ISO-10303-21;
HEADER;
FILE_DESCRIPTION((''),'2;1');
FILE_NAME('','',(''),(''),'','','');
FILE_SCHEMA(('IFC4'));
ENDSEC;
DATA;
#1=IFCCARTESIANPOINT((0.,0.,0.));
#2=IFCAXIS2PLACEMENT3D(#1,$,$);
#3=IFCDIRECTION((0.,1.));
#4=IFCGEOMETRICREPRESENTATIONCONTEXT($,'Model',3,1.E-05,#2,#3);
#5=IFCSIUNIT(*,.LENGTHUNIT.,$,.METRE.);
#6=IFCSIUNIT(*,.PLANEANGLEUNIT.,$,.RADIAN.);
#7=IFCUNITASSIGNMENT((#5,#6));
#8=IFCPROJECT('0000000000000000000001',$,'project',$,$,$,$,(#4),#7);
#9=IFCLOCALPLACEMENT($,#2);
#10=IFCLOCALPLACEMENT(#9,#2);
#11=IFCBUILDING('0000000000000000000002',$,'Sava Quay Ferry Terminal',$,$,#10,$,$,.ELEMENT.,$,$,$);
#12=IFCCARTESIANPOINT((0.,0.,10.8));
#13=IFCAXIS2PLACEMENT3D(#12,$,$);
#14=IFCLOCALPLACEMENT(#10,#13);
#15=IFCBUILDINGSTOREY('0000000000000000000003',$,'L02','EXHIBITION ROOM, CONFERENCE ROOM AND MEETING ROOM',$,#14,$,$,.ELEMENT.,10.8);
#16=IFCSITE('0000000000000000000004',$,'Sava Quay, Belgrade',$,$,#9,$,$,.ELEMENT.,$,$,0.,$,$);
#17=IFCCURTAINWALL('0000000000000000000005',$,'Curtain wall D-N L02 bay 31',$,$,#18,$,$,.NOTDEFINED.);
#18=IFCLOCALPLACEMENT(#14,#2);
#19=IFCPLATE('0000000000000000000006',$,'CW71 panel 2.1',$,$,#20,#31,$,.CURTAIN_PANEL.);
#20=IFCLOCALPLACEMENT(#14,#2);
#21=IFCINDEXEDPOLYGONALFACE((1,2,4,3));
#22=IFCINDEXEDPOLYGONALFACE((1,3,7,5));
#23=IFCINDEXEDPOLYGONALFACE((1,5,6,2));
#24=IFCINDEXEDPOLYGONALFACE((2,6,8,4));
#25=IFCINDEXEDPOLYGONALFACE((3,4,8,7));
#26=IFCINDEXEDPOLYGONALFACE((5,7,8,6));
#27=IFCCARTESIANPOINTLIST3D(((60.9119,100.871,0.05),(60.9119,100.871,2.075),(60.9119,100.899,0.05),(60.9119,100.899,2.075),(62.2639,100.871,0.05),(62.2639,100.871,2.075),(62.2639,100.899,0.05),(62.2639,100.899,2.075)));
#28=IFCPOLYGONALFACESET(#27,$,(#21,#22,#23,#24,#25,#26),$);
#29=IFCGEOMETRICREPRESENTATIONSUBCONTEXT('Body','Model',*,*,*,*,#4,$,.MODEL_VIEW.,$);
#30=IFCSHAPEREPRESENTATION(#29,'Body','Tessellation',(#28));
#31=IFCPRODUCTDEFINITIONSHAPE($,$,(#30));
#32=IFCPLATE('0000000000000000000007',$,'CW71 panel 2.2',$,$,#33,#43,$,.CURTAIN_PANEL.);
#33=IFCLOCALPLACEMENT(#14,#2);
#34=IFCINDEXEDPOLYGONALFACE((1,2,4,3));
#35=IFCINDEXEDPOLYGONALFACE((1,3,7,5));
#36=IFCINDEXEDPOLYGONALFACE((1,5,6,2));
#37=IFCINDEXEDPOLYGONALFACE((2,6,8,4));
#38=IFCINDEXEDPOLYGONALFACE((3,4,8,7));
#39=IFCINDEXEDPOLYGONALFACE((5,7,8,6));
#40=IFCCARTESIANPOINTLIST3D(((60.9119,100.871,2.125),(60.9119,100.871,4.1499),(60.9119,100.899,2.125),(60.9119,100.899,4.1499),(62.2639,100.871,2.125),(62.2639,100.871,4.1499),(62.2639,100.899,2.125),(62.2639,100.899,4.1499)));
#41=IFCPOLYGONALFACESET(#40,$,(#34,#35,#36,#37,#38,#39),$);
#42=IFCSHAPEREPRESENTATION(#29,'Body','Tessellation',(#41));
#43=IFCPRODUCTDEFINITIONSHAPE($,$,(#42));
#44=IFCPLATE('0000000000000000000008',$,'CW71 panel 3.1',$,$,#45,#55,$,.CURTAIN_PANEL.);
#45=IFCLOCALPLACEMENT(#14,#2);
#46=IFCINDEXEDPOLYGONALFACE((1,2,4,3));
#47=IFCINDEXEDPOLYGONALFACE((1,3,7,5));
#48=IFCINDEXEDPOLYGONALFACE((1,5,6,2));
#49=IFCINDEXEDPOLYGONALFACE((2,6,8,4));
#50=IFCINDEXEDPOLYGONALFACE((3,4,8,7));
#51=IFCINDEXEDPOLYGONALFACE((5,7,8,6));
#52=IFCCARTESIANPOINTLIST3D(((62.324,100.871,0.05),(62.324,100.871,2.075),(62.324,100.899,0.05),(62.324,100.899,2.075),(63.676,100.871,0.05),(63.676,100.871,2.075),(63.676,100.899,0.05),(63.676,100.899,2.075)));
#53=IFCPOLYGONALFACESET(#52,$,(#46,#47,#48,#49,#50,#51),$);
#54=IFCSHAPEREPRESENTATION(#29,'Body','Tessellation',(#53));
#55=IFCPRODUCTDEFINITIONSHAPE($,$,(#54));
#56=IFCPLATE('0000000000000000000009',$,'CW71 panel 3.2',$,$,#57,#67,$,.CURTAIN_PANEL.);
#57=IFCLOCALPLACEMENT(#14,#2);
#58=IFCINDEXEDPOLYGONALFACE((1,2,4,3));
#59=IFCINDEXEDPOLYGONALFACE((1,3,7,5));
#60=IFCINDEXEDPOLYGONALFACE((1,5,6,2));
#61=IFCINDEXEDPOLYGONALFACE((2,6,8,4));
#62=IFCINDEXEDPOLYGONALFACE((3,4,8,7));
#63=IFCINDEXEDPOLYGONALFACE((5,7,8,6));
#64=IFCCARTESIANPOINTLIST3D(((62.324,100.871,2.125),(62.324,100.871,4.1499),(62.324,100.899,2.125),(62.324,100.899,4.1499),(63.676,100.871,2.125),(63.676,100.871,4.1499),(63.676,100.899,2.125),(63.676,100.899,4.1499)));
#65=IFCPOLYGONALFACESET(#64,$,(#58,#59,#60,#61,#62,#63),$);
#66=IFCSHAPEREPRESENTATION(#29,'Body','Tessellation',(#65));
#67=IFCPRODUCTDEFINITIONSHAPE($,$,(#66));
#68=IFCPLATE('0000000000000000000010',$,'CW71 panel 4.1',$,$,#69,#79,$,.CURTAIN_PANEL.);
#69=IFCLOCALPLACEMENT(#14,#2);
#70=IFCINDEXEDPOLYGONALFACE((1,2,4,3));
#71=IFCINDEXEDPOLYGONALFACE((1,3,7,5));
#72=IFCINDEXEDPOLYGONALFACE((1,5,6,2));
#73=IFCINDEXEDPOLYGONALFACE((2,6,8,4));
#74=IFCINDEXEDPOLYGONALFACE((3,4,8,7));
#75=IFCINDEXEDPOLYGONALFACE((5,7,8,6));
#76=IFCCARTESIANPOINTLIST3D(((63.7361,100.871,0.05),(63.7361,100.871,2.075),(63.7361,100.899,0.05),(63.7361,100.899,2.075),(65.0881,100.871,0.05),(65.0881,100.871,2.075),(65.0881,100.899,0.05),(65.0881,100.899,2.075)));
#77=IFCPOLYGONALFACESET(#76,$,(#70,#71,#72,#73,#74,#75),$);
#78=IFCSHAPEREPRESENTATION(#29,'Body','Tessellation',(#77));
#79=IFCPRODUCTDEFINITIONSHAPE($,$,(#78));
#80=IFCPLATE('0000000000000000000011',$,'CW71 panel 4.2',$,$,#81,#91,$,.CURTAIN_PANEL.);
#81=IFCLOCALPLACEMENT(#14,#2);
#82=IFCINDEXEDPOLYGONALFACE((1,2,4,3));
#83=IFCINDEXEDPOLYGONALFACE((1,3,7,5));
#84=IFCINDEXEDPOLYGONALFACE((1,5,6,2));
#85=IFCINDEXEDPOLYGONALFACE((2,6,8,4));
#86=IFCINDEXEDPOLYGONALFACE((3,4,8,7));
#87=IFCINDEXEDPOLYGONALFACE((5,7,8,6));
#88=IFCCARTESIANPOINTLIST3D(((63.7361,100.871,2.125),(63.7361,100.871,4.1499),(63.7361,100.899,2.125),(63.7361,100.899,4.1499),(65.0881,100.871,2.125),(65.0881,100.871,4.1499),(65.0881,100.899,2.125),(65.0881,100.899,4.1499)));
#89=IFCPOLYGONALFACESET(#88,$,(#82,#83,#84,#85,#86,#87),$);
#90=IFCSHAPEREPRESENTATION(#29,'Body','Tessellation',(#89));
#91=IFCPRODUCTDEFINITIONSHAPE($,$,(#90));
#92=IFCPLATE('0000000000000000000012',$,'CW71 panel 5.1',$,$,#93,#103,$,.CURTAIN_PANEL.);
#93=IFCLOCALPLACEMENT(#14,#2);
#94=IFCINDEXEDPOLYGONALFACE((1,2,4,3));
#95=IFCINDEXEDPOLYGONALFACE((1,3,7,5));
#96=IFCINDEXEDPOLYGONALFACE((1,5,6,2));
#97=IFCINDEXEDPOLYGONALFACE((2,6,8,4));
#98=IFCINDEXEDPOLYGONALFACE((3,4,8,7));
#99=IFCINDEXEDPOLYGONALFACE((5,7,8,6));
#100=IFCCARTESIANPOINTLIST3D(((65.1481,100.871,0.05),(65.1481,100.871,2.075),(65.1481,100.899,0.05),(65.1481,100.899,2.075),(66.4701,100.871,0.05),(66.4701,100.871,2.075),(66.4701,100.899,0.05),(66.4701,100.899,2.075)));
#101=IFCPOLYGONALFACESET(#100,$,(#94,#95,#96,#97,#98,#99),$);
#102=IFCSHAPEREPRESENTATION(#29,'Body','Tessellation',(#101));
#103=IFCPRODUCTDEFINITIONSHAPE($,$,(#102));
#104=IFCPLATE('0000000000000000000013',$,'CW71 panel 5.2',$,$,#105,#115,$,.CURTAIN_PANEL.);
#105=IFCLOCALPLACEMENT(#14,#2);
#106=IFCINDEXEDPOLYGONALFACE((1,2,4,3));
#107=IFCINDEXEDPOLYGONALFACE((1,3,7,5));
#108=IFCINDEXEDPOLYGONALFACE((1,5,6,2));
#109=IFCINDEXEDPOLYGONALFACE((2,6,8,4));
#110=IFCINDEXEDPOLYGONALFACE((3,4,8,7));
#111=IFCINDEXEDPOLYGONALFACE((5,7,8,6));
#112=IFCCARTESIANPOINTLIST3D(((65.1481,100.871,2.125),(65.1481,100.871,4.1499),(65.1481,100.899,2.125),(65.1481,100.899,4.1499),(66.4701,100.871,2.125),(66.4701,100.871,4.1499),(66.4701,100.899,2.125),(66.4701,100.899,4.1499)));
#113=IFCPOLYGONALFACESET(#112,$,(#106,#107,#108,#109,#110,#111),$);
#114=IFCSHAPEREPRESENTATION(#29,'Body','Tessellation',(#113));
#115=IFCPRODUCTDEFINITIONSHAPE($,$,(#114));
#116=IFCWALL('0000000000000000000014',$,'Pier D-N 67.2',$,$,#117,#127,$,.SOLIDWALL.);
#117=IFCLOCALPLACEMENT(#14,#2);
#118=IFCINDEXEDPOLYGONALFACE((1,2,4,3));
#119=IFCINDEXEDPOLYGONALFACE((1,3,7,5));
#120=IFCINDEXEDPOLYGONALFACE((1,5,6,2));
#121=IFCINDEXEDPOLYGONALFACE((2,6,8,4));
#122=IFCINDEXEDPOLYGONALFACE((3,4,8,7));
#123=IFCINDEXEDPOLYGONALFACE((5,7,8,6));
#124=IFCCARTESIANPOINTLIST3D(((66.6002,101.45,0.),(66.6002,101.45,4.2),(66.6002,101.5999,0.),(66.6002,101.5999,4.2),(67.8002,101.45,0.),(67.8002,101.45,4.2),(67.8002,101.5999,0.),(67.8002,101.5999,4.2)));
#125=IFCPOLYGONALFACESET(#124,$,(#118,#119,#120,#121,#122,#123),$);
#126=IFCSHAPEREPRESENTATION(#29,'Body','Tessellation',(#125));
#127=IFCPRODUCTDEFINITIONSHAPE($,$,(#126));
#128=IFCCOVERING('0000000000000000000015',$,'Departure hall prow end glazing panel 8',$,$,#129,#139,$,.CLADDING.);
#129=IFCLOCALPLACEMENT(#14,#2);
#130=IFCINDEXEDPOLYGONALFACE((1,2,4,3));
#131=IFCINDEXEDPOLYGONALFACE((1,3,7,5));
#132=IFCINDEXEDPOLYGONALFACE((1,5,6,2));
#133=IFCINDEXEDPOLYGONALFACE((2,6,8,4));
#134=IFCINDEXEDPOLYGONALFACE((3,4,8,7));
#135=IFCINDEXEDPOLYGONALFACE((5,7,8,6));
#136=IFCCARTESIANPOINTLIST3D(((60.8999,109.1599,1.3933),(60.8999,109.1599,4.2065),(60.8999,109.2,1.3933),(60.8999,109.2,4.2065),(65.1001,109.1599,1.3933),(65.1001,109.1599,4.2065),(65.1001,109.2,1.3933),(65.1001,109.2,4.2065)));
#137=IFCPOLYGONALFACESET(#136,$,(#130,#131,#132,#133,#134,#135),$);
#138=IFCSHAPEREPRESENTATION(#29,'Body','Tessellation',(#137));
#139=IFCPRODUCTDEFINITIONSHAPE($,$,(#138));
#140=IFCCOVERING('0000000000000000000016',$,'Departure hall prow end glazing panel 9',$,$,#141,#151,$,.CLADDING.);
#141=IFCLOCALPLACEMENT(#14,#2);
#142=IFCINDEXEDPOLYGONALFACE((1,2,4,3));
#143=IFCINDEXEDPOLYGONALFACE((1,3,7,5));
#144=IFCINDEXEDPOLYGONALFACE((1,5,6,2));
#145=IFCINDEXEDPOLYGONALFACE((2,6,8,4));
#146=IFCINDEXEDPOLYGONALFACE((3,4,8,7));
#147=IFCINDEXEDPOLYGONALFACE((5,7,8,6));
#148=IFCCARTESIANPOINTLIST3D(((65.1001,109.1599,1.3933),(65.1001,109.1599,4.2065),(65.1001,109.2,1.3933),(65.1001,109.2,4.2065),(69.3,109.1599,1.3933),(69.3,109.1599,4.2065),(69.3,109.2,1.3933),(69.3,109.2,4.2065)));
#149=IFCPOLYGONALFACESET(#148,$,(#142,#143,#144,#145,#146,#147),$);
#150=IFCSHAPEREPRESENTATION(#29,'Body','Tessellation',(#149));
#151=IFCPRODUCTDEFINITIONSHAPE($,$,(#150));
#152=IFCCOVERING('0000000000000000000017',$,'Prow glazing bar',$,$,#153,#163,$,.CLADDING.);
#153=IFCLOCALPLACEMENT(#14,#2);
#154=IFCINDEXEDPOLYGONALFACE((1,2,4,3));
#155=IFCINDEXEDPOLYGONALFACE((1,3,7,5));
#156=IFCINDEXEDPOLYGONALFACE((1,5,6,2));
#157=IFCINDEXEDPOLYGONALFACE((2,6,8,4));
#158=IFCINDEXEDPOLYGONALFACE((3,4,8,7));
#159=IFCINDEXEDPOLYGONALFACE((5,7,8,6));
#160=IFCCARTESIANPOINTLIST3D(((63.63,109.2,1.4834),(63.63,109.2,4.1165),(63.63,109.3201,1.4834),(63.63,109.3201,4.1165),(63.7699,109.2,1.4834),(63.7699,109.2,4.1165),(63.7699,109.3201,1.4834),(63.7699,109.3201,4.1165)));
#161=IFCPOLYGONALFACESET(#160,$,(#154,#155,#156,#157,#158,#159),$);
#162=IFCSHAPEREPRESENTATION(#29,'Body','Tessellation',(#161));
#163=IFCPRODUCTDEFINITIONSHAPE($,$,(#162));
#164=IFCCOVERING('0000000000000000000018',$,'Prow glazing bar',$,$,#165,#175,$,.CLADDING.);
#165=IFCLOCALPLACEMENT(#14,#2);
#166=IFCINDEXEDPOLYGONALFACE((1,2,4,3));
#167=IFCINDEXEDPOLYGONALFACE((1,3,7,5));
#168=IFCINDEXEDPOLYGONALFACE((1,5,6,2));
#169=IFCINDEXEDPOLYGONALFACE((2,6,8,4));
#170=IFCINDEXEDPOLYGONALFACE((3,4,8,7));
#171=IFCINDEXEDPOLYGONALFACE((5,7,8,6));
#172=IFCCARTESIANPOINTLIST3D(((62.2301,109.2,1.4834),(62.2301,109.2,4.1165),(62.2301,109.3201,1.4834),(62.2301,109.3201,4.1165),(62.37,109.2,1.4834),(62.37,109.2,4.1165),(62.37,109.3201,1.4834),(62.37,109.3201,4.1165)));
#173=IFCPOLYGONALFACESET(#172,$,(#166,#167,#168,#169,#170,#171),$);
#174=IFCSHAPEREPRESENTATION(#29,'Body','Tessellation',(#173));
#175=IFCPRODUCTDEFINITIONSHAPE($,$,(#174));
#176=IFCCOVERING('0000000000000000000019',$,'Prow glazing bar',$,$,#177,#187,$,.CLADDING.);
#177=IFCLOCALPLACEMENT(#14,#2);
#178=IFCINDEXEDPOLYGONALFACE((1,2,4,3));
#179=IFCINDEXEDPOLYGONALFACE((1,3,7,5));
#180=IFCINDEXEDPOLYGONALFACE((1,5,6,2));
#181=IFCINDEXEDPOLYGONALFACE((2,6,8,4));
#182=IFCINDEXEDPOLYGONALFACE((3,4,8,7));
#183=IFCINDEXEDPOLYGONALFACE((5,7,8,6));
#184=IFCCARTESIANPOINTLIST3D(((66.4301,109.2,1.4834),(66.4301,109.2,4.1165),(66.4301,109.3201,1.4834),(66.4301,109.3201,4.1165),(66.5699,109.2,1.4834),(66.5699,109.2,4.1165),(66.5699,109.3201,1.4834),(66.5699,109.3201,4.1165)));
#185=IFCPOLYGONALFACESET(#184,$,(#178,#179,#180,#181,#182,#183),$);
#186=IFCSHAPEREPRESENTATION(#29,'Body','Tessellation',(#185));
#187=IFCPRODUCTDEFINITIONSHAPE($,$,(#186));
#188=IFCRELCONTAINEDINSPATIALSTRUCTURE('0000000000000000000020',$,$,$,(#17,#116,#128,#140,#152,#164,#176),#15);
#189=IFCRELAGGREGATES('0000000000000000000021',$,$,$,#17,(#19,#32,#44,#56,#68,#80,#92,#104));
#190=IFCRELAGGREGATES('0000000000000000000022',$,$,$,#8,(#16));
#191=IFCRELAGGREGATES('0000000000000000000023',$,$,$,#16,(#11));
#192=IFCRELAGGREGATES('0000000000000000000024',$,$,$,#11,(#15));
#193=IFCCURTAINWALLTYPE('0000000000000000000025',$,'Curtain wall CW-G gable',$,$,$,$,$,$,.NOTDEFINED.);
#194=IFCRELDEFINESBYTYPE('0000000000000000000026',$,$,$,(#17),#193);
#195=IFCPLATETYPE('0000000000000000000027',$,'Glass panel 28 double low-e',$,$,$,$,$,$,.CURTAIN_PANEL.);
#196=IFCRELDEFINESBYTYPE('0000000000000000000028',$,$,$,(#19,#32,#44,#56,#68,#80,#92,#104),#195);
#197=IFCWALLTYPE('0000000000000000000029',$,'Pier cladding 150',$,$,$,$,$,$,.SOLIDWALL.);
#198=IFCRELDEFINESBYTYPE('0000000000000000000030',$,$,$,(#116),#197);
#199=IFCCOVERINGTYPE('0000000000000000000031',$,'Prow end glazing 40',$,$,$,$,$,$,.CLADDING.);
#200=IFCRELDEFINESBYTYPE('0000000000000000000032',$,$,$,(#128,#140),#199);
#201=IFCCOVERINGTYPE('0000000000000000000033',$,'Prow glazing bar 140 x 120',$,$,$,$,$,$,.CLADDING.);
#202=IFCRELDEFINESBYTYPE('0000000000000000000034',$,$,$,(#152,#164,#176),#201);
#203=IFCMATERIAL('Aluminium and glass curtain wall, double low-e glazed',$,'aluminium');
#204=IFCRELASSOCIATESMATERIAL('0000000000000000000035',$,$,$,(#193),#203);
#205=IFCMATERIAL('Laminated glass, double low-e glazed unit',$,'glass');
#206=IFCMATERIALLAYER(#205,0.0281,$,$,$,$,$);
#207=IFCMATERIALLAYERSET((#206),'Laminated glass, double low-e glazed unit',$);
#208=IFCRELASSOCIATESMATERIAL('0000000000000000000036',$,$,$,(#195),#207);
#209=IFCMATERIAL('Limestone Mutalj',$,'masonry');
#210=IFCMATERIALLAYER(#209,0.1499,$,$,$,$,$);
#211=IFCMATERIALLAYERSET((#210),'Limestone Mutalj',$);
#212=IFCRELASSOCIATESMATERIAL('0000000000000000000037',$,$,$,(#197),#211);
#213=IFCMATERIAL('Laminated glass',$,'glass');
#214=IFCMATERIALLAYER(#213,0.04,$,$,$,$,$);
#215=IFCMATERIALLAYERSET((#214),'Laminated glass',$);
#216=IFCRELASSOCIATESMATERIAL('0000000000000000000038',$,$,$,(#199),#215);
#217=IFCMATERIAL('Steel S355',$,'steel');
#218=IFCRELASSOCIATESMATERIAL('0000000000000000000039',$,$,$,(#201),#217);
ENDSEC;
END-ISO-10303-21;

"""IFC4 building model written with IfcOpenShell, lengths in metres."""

from ifc_helpers import new_model, si_unit, direction, frame, frame_2d, origin, origin_2d, place, context, subcontext, project, spatial, polyline, rectangle, outline, extrude, material, layer, layer_set, material_profile, profile_set, type_object, element, aggregate, save


model = new_model("IFC4")

# Units and contexts
model_context = context("Model", 3, precision=1e-05, world=origin(), true_north=direction((0.0, 1.0)))
body_context = subcontext(model_context, "Body", "Model", "MODEL_VIEW")
ifc_project = project(units=[si_unit("LENGTHUNIT", "METRE"), si_unit("PLANEANGLEUNIT", "RADIAN")], contexts=[model_context])

# Site, building, storey
site_placement = place(None, origin())
site = spatial("IfcSite", under=ifc_project, at=site_placement, Name="Sava Quay, Belgrade", CompositionType="ELEMENT", RefElevation=0.0)
building_placement = place(site_placement, origin())
building = spatial("IfcBuilding", under=site, at=building_placement, Name="Sava Quay Ferry Terminal", CompositionType="ELEMENT")
storey_placement = place(building_placement, frame((0.0, 0.0, 10.8)))
storey = spatial("IfcBuildingStorey", under=building, at=storey_placement, Name="L02", Description="EXHIBITION ROOM, CONFERENCE ROOM AND MEETING ROOM", CompositionType="ELEMENT", Elevation=10.8)

# Curtain wall, plates
ifc_material_1 = material(Name="Aluminium and glass curtain wall, double low-e glazed", Category="aluminium")
curtain_wall_type = type_object("IfcCurtainWallType", Name="Curtain wall CW-G gable", PredefinedType="NOTDEFINED", material=ifc_material_1)
curtain_wall_placement = place(storey_placement, origin())
curtain_wall = element("IfcCurtainWall", 1, at=curtain_wall_placement, inside=storey, type_object=curtain_wall_type, Name="Curtain wall D-N L02 bay 31", PredefinedType="NOTDEFINED")
ifc_material_2 = material(Name="Laminated glass, double low-e glazed unit", Category="glass")
ifc_layer_1 = layer(ifc_material_2, 0.0281)
ifc_layer_set_1 = layer_set([ifc_layer_1], Name="Laminated glass, double low-e glazed unit")
plate_type = type_object("IfcPlateType", Name="Glass panel 28 double low-e", PredefinedType="CURTAIN_PANEL", material=ifc_layer_set_1)
plate_1_placement = place(storey_placement, frame((61.5879, 100.885, 0.05), z_axis=(0.0, 0.0, 1.0), x_axis=(1.0, 0.0, 0.0)))
plate_1 = element("IfcPlate", 2, at=plate_1_placement, type_object=plate_type, Name="CW71 panel 2.1", PredefinedType="CURTAIN_PANEL", context=body_context, shape_type="SweptSolid", body=[
    extrude(rectangle(XDim=1.3521, YDim=0.0281, at=origin_2d()), origin(), (0.0, 0.0, 1.0), 2.0249),
])
plate_2_placement = place(storey_placement, frame((61.5879, 100.885, 2.125), z_axis=(0.0, 0.0, 1.0), x_axis=(1.0, 0.0, 0.0)))
plate_2 = element("IfcPlate", 3, at=plate_2_placement, type_object=plate_type, Name="CW71 panel 2.2", PredefinedType="CURTAIN_PANEL", context=body_context, shape_type="SweptSolid", body=[
    extrude(rectangle(XDim=1.3521, YDim=0.0281, at=origin_2d()), origin(), (0.0, 0.0, 1.0), 2.0249),
])
plate_3_placement = place(storey_placement, frame((63.0, 100.885, 0.05), z_axis=(0.0, 0.0, 1.0), x_axis=(1.0, 0.0, 0.0)))
plate_3 = element("IfcPlate", 4, at=plate_3_placement, type_object=plate_type, Name="CW71 panel 3.1", PredefinedType="CURTAIN_PANEL", context=body_context, shape_type="SweptSolid", body=[
    extrude(rectangle(XDim=1.3521, YDim=0.0281, at=origin_2d()), origin(), (0.0, 0.0, 1.0), 2.0249),
])
plate_4_placement = place(storey_placement, frame((63.0, 100.885, 2.125), z_axis=(0.0, 0.0, 1.0), x_axis=(1.0, 0.0, 0.0)))
plate_4 = element("IfcPlate", 5, at=plate_4_placement, type_object=plate_type, Name="CW71 panel 3.2", PredefinedType="CURTAIN_PANEL", context=body_context, shape_type="SweptSolid", body=[
    extrude(rectangle(XDim=1.3521, YDim=0.0281, at=origin_2d()), origin(), (0.0, 0.0, 1.0), 2.0249),
])
plate_5_placement = place(storey_placement, frame((64.4121, 100.885, 0.05), z_axis=(0.0, 0.0, 1.0), x_axis=(1.0, 0.0, 0.0)))
plate_5 = element("IfcPlate", 6, at=plate_5_placement, type_object=plate_type, Name="CW71 panel 4.1", PredefinedType="CURTAIN_PANEL", context=body_context, shape_type="SweptSolid", body=[
    extrude(rectangle(XDim=1.3521, YDim=0.0281, at=origin_2d()), origin(), (0.0, 0.0, 1.0), 2.0249),
])
plate_6_placement = place(storey_placement, frame((64.4121, 100.885, 2.125), z_axis=(0.0, 0.0, 1.0), x_axis=(1.0, 0.0, 0.0)))
plate_6 = element("IfcPlate", 7, at=plate_6_placement, type_object=plate_type, Name="CW71 panel 4.2", PredefinedType="CURTAIN_PANEL", context=body_context, shape_type="SweptSolid", body=[
    extrude(rectangle(XDim=1.3521, YDim=0.0281, at=origin_2d()), origin(), (0.0, 0.0, 1.0), 2.0249),
])
plate_7_placement = place(storey_placement, frame((65.8091, 100.885, 0.05), z_axis=(0.0, 0.0, 1.0), x_axis=(1.0, 0.0, 0.0)))
plate_7 = element("IfcPlate", 8, at=plate_7_placement, type_object=plate_type, Name="CW71 panel 5.1", PredefinedType="CURTAIN_PANEL", context=body_context, shape_type="SweptSolid", body=[
    extrude(rectangle(XDim=1.322, YDim=0.0281, at=origin_2d()), origin(), (0.0, 0.0, 1.0), 2.0249),
])
plate_8_placement = place(storey_placement, frame((65.8091, 100.885, 2.125), z_axis=(0.0, 0.0, 1.0), x_axis=(1.0, 0.0, 0.0)))
plate_8 = element("IfcPlate", 9, at=plate_8_placement, type_object=plate_type, Name="CW71 panel 5.2", PredefinedType="CURTAIN_PANEL", context=body_context, shape_type="SweptSolid", body=[
    extrude(rectangle(XDim=1.322, YDim=0.0281, at=origin_2d()), origin(), (0.0, 0.0, 1.0), 2.0249),
])
aggregate(curtain_wall, [plate_1, plate_2, plate_3, plate_4, plate_5, plate_6, plate_7, plate_8])

# Wall
ifc_material_3 = material(Name="Limestone Mutalj", Category="masonry")
ifc_layer_2 = layer(ifc_material_3, 0.1499)
ifc_layer_set_2 = layer_set([ifc_layer_2], Name="Limestone Mutalj")
wall_type = type_object("IfcWallType", Name="Pier cladding 150", PredefinedType="SOLIDWALL", material=ifc_layer_set_2)
wall_placement = place(storey_placement, frame((66.6001, 101.5249, 0.0), z_axis=(0.0, 0.0, 1.0), x_axis=(1.0, 0.0, 0.0)))
element("IfcWall", 10, at=wall_placement, inside=storey, type_object=wall_type, Name="Pier D-N 67.2", PredefinedType="SOLIDWALL", context=body_context, shape_type="SweptSolid", body=[
    extrude(rectangle(XDim=1.2, YDim=0.1499, at=frame_2d((0.6001, 0.0))), origin(), (0.0, 0.0, 1.0), 4.2),
])

# Coverings
ifc_material_4 = material(Name="Laminated glass", Category="glass")
ifc_layer_3 = layer(ifc_material_4, 0.04)
ifc_layer_set_3 = layer_set([ifc_layer_3], Name="Laminated glass")
covering_type_1 = type_object("IfcCoveringType", Name="Prow end glazing 40", PredefinedType="CLADDING", material=ifc_layer_set_3)
covering_1_placement = place(storey_placement, frame((60.8999, 109.2, 1.3933), z_axis=(0.0, 1.0, 0.0), x_axis=(0.0, 0.0, 1.0)))
element("IfcCovering", 11, at=covering_1_placement, inside=storey, type_object=covering_type_1, Name="Departure hall prow end glazing panel 8", PredefinedType="CLADDING", context=body_context, shape_type="SweptSolid", body=[
    extrude(outline(polyline([(0.0, 0.0), (2.8132, 0.0), (2.8132, 4.2002), (0.0, 4.2002), (0.0, 0.0)])), origin(), (0.0, 0.0, -1.0), 0.04),
])
covering_2_placement = place(storey_placement, frame((65.1001, 109.2, 1.3933), z_axis=(0.0, 1.0, 0.0), x_axis=(0.0, 0.0, 1.0)))
element("IfcCovering", 12, at=covering_2_placement, inside=storey, type_object=covering_type_1, Name="Departure hall prow end glazing panel 9", PredefinedType="CLADDING", context=body_context, shape_type="SweptSolid", body=[
    extrude(outline(polyline([(0.0, 0.0), (2.8132, 0.0), (2.8132, 4.2), (0.0, 4.2), (0.0, 0.0)])), origin(), (0.0, 0.0, -1.0), 0.04),
])
ifc_material_5 = material(Name="Steel S355", Category="steel")
ifc_material_profile_1 = material_profile(ifc_material_5, rectangle(XDim=0.1399, YDim=0.1201, at=origin_2d()), Name="Strip 140 x 120")
ifc_profile_set_1 = profile_set([ifc_material_profile_1], Name="Steel S355")
covering_type_2 = type_object("IfcCoveringType", Name="Prow glazing bar 140 x 120", PredefinedType="CLADDING", material=ifc_profile_set_1)
for number, where, z_axis, x_axis, name in (
    (13, (63.7, 109.26, 1.4834), (0.0, 0.0, 1.0), (1.0, 0.0, 0.0), "Prow glazing bar"),
    (14, (62.3, 109.26, 1.4834), (0.0, 0.0, 1.0), (1.0, 0.0, 0.0), "Prow glazing bar"),
    (15, (66.5, 109.26, 1.4834), (0.0, 0.0, 1.0), (1.0, 0.0, 0.0), "Prow glazing bar"),
):
    element("IfcCovering", number, at=place(storey_placement, frame(where, z_axis=z_axis, x_axis=x_axis)), inside=storey, type_object=covering_type_2, Name=name, PredefinedType="CLADDING", context=body_context, shape_type="SweptSolid", body=[
        extrude(rectangle(XDim=0.1399, YDim=0.1201, at=origin_2d()), origin(), (0.0, 0.0, 1.0), 2.6331),
    ])

save(model, "model.ifc")
